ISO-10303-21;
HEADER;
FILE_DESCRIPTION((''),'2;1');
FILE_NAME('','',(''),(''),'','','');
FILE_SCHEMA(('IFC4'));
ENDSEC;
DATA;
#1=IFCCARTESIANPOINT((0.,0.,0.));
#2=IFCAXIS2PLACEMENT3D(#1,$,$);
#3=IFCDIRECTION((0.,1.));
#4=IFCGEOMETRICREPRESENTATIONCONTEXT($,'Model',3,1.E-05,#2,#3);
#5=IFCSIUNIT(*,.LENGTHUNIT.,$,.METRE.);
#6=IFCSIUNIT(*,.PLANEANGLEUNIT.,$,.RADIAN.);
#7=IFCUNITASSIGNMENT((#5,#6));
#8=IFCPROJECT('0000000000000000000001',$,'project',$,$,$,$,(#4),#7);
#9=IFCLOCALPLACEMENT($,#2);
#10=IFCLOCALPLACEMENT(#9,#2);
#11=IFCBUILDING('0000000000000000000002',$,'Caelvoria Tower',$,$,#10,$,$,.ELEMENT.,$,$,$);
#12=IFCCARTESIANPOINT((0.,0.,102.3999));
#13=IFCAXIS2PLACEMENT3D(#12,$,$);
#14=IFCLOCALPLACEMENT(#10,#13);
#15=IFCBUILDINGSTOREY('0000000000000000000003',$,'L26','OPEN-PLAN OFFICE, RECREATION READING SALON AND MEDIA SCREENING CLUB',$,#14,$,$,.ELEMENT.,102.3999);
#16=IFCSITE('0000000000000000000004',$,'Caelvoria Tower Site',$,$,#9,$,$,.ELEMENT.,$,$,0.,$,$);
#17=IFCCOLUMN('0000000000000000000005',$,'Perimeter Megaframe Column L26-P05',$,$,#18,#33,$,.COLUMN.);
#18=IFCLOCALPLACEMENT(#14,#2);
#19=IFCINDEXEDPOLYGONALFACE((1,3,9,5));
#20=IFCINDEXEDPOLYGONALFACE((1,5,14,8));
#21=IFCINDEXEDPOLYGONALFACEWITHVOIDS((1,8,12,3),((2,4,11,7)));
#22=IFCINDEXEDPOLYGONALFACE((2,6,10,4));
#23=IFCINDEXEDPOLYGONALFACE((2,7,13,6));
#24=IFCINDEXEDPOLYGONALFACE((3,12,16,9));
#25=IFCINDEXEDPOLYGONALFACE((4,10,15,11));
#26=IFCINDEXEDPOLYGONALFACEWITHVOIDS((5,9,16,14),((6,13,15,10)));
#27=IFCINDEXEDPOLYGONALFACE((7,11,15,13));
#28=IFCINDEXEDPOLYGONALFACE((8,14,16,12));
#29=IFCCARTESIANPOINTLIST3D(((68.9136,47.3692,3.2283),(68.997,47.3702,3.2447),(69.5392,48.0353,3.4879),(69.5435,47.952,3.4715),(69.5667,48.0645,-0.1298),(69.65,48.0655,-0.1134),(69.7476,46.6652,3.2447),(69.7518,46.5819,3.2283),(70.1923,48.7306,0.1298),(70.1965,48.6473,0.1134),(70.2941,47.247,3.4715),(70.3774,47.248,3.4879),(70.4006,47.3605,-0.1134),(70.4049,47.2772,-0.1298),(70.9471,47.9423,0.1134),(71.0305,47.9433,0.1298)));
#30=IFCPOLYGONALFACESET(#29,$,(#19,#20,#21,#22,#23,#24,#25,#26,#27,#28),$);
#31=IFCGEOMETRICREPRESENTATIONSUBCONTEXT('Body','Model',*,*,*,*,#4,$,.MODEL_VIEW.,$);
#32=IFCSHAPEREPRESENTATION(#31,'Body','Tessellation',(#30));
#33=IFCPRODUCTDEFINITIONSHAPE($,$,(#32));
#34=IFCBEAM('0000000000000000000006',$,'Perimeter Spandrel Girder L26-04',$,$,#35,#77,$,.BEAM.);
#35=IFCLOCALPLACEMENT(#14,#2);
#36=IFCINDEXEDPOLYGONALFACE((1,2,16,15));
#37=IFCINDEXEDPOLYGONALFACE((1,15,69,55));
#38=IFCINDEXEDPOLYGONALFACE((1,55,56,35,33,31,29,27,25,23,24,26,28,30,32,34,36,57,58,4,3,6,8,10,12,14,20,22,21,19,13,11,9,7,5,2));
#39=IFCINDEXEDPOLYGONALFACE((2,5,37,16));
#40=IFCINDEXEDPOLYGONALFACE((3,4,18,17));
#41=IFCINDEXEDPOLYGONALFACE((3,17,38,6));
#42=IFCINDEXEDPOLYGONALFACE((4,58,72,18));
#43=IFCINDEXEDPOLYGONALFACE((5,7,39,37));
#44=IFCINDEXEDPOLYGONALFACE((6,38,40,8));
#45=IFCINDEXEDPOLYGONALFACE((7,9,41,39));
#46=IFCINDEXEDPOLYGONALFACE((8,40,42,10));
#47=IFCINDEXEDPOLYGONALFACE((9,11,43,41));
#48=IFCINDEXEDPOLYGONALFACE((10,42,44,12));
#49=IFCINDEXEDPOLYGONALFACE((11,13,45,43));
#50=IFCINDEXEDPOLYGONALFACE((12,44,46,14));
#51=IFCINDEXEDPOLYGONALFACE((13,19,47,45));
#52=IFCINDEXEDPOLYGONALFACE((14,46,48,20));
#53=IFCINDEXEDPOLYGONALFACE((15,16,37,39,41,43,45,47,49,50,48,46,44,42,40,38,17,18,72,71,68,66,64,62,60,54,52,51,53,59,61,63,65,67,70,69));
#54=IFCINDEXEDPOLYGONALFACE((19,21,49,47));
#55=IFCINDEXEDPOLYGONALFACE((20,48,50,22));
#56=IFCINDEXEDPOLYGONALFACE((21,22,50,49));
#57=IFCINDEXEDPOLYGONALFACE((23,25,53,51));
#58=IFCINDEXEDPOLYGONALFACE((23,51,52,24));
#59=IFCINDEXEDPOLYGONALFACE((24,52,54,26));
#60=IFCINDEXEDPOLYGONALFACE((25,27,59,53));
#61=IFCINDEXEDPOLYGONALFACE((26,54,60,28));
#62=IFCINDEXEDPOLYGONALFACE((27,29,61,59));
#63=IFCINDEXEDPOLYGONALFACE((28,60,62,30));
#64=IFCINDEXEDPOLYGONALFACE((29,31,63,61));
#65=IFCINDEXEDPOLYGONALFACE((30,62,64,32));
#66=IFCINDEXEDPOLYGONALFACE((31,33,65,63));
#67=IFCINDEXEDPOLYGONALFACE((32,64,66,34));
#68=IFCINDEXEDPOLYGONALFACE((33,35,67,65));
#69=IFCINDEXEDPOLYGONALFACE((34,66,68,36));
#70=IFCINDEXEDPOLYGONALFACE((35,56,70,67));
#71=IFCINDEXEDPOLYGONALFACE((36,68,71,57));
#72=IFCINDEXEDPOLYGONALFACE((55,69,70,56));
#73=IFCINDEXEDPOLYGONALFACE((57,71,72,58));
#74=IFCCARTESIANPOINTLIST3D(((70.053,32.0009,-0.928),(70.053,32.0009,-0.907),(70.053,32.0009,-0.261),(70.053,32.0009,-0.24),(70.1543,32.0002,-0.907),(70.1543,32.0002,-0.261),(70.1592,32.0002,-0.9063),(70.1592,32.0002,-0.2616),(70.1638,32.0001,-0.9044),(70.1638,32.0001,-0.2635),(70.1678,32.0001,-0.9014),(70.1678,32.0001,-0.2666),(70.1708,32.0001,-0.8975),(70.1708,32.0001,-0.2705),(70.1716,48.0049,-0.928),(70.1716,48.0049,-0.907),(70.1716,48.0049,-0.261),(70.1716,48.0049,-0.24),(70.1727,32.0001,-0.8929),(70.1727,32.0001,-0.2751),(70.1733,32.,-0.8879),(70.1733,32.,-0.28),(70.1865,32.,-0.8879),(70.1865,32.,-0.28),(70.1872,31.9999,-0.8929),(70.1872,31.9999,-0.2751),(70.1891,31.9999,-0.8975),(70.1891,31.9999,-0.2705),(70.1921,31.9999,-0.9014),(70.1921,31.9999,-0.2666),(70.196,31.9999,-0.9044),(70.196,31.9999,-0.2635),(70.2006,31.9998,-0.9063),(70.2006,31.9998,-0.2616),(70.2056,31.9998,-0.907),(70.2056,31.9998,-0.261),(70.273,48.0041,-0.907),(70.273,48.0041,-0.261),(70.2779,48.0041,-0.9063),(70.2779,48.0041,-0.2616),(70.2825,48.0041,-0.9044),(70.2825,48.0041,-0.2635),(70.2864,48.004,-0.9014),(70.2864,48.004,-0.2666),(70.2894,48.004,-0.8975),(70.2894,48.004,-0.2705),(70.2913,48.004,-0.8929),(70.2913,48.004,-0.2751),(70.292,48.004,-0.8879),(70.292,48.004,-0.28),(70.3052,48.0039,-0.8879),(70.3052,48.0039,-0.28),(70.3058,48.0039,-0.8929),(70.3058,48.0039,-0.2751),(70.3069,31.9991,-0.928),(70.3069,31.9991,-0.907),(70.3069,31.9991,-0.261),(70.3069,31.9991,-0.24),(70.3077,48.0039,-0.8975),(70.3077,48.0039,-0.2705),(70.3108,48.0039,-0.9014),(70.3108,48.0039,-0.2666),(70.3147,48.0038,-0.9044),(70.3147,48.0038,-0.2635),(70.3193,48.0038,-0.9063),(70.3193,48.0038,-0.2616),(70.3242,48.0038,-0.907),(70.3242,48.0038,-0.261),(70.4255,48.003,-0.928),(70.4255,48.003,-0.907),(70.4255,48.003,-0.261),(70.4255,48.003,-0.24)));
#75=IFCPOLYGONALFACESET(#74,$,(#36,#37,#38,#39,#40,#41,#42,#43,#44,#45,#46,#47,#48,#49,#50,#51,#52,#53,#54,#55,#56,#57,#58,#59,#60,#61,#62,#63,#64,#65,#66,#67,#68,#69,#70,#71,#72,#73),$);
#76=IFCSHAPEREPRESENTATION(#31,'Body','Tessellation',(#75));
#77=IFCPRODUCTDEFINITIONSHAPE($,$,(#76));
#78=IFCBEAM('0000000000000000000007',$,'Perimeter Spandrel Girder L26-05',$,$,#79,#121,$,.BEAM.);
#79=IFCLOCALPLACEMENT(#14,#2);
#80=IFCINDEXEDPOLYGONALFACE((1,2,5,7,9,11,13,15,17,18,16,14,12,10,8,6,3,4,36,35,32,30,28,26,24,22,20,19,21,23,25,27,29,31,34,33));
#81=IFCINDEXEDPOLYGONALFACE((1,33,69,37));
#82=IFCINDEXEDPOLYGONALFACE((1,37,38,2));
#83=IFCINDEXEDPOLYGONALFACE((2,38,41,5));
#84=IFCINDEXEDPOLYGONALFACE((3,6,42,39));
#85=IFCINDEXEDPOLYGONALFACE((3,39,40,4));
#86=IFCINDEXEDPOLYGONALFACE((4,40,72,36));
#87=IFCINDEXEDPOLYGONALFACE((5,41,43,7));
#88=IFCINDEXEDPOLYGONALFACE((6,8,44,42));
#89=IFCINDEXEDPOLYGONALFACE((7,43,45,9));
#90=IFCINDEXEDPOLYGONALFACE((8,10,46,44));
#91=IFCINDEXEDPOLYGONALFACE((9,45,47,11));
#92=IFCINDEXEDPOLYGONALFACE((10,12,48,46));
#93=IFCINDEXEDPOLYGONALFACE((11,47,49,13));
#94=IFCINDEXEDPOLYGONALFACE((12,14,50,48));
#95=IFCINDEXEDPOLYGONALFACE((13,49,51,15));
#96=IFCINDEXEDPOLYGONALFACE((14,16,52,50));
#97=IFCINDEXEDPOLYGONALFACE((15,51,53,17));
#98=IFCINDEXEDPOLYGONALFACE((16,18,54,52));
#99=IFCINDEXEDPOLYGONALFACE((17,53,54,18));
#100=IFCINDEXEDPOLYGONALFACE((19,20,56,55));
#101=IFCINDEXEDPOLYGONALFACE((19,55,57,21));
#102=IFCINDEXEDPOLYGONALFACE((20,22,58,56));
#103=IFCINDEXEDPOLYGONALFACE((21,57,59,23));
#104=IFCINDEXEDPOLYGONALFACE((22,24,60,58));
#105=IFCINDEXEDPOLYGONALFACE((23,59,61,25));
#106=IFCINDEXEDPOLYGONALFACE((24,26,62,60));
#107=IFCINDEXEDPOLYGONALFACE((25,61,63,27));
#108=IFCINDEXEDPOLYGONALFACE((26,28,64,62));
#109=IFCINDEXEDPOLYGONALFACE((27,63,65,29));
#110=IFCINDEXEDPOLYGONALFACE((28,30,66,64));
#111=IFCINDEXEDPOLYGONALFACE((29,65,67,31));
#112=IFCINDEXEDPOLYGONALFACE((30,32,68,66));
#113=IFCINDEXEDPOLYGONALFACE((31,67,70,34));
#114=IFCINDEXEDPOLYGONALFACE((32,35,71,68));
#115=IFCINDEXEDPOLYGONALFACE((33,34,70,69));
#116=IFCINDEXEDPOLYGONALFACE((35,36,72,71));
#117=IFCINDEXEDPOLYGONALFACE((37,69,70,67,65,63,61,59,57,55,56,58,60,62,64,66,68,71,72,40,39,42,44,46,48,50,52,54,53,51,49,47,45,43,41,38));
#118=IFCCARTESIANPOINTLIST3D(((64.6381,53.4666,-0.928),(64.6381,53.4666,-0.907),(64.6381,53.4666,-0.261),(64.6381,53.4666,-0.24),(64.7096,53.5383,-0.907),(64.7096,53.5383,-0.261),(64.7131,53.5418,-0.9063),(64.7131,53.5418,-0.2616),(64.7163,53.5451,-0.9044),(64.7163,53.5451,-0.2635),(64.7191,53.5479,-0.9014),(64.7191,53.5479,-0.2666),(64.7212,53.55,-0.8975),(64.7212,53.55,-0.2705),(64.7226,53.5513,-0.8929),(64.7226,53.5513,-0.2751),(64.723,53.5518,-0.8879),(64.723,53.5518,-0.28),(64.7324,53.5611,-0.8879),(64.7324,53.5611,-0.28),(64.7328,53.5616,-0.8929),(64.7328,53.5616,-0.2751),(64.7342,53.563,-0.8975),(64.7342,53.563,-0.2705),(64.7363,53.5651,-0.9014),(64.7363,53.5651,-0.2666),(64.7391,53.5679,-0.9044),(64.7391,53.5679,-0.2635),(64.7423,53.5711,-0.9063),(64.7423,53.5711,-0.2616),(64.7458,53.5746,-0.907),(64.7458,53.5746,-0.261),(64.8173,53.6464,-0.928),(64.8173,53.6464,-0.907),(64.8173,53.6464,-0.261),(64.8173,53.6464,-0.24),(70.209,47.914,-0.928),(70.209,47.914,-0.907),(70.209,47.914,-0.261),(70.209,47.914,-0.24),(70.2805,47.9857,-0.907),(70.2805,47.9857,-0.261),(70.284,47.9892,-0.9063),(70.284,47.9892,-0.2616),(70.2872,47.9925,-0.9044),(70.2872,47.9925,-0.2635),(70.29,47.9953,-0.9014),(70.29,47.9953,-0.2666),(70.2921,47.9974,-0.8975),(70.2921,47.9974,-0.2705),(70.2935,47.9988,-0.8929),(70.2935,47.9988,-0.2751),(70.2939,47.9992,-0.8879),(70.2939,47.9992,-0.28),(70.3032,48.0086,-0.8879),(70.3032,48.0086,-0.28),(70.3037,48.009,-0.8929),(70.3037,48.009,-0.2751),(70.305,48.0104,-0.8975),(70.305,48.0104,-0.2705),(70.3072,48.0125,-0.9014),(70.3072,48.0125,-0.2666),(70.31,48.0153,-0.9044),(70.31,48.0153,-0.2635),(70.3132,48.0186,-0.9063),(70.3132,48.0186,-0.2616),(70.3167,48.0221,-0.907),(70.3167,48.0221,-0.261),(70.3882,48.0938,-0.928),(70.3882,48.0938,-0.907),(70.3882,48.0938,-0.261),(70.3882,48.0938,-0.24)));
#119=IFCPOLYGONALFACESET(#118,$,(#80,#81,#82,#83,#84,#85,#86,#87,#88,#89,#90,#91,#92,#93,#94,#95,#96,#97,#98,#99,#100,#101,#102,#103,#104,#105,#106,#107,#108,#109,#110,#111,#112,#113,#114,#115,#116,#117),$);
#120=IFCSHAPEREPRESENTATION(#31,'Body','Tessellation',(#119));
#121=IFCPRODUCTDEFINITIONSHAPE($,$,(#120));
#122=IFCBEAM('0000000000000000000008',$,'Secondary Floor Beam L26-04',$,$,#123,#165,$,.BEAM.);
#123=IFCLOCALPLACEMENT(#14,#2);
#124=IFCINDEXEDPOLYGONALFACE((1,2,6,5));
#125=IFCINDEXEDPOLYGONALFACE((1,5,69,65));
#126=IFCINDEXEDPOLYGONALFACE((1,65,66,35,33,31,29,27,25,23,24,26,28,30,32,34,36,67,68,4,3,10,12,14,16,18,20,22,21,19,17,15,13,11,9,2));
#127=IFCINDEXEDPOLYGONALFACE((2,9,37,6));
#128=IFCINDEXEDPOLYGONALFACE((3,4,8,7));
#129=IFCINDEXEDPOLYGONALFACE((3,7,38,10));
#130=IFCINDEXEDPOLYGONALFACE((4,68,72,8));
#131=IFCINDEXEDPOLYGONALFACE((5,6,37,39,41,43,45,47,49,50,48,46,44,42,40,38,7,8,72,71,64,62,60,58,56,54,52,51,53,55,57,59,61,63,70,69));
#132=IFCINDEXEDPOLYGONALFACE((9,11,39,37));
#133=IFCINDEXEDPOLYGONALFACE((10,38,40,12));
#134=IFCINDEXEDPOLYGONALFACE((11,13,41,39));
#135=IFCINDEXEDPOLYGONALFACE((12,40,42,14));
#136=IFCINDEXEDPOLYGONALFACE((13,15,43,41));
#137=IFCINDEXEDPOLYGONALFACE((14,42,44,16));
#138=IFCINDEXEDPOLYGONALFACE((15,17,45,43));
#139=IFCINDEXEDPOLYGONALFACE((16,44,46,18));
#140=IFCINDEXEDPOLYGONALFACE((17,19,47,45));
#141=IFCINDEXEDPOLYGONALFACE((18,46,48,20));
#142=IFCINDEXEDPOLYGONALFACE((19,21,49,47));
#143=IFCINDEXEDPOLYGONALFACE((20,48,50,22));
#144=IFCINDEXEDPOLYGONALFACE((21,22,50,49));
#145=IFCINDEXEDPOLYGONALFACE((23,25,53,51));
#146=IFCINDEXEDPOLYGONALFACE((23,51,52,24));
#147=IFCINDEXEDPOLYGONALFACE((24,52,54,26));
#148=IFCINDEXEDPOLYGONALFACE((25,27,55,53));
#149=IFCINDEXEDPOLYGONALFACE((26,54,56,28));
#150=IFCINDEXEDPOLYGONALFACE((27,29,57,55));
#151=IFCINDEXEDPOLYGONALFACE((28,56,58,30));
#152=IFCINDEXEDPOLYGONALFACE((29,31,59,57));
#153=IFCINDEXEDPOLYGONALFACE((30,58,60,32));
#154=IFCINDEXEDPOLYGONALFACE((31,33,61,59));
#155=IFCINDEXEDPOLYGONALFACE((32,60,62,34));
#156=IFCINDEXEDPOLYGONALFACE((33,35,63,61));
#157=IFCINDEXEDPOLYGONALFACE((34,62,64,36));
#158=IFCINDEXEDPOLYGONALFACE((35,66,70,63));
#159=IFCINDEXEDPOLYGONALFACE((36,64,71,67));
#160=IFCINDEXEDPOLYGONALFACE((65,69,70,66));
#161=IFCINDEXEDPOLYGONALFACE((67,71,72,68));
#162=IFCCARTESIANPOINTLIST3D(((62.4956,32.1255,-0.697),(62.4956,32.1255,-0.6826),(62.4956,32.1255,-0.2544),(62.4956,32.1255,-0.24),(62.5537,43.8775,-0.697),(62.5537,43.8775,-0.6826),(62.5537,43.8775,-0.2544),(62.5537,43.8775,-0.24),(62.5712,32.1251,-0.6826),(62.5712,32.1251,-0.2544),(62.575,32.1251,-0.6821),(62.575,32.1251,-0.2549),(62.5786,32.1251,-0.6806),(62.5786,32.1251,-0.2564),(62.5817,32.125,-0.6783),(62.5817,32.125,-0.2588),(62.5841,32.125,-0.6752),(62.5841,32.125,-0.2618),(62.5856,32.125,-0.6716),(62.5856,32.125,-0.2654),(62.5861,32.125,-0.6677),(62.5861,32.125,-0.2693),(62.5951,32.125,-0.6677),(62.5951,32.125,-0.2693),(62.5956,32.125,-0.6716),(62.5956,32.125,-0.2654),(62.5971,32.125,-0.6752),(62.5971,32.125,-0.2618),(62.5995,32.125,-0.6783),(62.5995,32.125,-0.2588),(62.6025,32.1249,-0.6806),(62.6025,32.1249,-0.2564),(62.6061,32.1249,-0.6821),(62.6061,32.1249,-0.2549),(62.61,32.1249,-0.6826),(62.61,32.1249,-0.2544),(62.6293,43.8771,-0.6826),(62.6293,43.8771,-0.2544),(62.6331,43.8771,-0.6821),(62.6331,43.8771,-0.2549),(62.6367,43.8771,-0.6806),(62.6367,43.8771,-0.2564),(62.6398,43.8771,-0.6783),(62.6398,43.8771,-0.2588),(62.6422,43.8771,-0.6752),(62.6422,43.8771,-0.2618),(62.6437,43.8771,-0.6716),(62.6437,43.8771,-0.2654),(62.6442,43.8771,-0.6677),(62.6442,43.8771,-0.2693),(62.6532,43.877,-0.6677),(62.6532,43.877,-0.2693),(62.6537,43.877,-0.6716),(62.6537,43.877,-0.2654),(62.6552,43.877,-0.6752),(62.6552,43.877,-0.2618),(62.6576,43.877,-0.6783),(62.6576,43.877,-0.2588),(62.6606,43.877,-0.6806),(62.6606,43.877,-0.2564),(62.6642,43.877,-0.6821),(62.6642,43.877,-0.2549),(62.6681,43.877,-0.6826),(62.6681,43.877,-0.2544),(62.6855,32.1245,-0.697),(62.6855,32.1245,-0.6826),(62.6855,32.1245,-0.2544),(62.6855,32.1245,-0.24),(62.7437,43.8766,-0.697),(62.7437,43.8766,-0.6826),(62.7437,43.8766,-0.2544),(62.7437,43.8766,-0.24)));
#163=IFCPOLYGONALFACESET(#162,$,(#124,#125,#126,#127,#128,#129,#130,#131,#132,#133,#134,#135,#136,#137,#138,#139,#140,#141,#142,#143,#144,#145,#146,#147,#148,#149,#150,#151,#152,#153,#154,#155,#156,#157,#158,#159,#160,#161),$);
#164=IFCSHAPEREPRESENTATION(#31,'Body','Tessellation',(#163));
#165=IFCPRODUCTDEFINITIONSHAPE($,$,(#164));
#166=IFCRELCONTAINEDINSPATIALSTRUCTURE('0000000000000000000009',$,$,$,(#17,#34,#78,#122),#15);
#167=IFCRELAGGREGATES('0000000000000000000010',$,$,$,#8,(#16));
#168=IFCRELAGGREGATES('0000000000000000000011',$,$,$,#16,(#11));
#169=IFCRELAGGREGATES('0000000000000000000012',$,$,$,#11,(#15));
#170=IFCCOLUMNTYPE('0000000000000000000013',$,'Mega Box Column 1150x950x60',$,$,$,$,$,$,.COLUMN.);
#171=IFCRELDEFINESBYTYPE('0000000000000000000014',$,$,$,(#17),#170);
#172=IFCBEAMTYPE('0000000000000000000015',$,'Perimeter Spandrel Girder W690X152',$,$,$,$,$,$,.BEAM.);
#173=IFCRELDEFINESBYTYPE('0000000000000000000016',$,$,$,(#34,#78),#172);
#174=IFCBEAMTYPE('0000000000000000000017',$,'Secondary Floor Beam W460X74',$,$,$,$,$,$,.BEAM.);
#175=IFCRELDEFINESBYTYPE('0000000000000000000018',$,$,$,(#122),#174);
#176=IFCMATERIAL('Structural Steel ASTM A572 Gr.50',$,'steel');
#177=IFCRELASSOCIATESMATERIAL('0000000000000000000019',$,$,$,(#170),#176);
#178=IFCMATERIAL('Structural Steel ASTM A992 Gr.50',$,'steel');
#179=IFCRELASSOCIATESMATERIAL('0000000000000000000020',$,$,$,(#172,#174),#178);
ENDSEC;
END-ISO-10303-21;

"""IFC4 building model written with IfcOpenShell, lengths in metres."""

from ifc_helpers import new_model, si_unit, direction, frame, origin, origin_2d, place, context, subcontext, project, spatial, hollow_rectangle, i_section, extrude, material, material_profile, profile_set, type_object, element, save


model = new_model("IFC4")

# Units and contexts
model_context = context("Model", 3, precision=1e-05, world=origin(), true_north=direction((0.0, 1.0)))
body_context = subcontext(model_context, "Body", "Model", "MODEL_VIEW")
ifc_project = project(units=[si_unit("LENGTHUNIT", "METRE"), si_unit("PLANEANGLEUNIT", "RADIAN")], contexts=[model_context])

# Site, building, storey
site_placement = place(None, origin())
site = spatial("IfcSite", under=ifc_project, at=site_placement, Name="Caelvoria Tower Site", CompositionType="ELEMENT", RefElevation=0.0)
building_placement = place(site_placement, origin())
building = spatial("IfcBuilding", under=site, at=building_placement, Name="Caelvoria Tower", CompositionType="ELEMENT")
storey_placement = place(building_placement, frame((0.0, 0.0, 102.3999)))
storey = spatial("IfcBuildingStorey", under=building, at=storey_placement, Name="L26", Description="OPEN-PLAN OFFICE, RECREATION READING SALON AND MEDIA SCREENING CLUB", CompositionType="ELEMENT", Elevation=102.3999)

# Column
ifc_material_1 = material(Name="Structural Steel ASTM A572 Gr.50", Category="steel")
ifc_material_profile_1 = material_profile(ifc_material_1, hollow_rectangle(XDim=0.95, YDim=1.1499, WallThickness=0.0601, at=origin_2d()), Name="Structural Steel ASTM A572 Gr.50")
ifc_profile_set_1 = profile_set([ifc_material_profile_1], Name="BOX1150X950X60 - Structural Steel ASTM A572 Gr.50")
column_type = type_object("IfcColumnType", Name="Mega Box Column 1150x950x60", PredefinedType="COLUMN", material=ifc_profile_set_1)
column_placement = place(storey_placement, frame((70.2986, 48.0039, 0.0), z_axis=(-0.187074, -0.199172, 0.961943), x_axis=(0.658567, 0.701159, 0.273251)))
element("IfcColumn", 1, at=column_placement, inside=storey, type_object=column_type, Name="Perimeter Megaframe Column L26-P05", PredefinedType="COLUMN", context=body_context, shape_type="SweptSolid", body=[
    extrude(hollow_rectangle(XDim=0.95, YDim=1.1499, WallThickness=0.0601, at=origin_2d()), origin(), (0.0, 0.0, 1.0), 3.491),
])

# Beams
ifc_material_2 = material(Name="Structural Steel ASTM A992 Gr.50", Category="steel")
ifc_material_profile_2 = material_profile(ifc_material_2, i_section(OverallWidth=0.2539, OverallDepth=0.688, WebThickness=0.0132, FlangeThickness=0.021, FilletRadius=0.019, at=origin_2d()), Name="Structural Steel ASTM A992 Gr.50")
ifc_profile_set_2 = profile_set([ifc_material_profile_2], Name="W690X152 - Structural Steel ASTM A992 Gr.50")
beam_type_1 = type_object("IfcBeamType", Name="Perimeter Spandrel Girder W690X152", PredefinedType="BEAM", material=ifc_profile_set_2)
beam_1_placement = place(storey_placement, frame((70.1799, 32.0, -0.584), z_axis=(0.007414, 0.999973, 0.0), x_axis=(-0.999973, 0.007414, 0.0)))
element("IfcBeam", 2, at=beam_1_placement, inside=storey, type_object=beam_type_1, Name="Perimeter Spandrel Girder L26-04", PredefinedType="BEAM", context=body_context, shape_type="SweptSolid", body=[
    extrude(i_section(OverallWidth=0.2539, OverallDepth=0.688, WebThickness=0.0132, FlangeThickness=0.021, FilletRadius=0.019, at=origin_2d()), origin(), (0.0, 0.0, 1.0), 16.0044),
])
beam_2_placement = place(storey_placement, frame((70.2986, 48.0039, -0.584), z_axis=(-0.70827, 0.705942, 0.0), x_axis=(-0.705942, -0.70827, 0.0)))
element("IfcBeam", 3, at=beam_2_placement, inside=storey, type_object=beam_type_1, Name="Perimeter Spandrel Girder L26-05", PredefinedType="BEAM", context=body_context, shape_type="SweptSolid", body=[
    extrude(i_section(OverallWidth=0.2539, OverallDepth=0.688, WebThickness=0.0132, FlangeThickness=0.021, FilletRadius=0.019, at=origin_2d()), origin(), (0.0, 0.0, 1.0), 7.8655),
])
ifc_material_profile_3 = material_profile(ifc_material_2, i_section(OverallWidth=0.1899, OverallDepth=0.457, WebThickness=0.009, FlangeThickness=0.0144, FilletRadius=0.0149, at=origin_2d()), Name="Structural Steel ASTM A992 Gr.50")
ifc_profile_set_3 = profile_set([ifc_material_profile_3], Name="W460X74 - Structural Steel ASTM A992 Gr.50")
beam_type_2 = type_object("IfcBeamType", Name="Secondary Floor Beam W460X74", PredefinedType="BEAM", material=ifc_profile_set_3)
beam_3_placement = place(storey_placement, frame((62.5906, 32.125, -0.4685), z_axis=(0.004944, 0.999988, 0.0), x_axis=(-0.999988, 0.004944, 0.0)))
element("IfcBeam", 4, at=beam_3_placement, inside=storey, type_object=beam_type_2, Name="Secondary Floor Beam L26-04", PredefinedType="BEAM", context=body_context, shape_type="SweptSolid", body=[
    extrude(i_section(OverallWidth=0.1899, OverallDepth=0.457, WebThickness=0.009, FlangeThickness=0.0144, FilletRadius=0.0149, at=origin_2d()), origin(), (0.0, 0.0, 1.0), 11.7522),
])

save(model, "model.ifc")
